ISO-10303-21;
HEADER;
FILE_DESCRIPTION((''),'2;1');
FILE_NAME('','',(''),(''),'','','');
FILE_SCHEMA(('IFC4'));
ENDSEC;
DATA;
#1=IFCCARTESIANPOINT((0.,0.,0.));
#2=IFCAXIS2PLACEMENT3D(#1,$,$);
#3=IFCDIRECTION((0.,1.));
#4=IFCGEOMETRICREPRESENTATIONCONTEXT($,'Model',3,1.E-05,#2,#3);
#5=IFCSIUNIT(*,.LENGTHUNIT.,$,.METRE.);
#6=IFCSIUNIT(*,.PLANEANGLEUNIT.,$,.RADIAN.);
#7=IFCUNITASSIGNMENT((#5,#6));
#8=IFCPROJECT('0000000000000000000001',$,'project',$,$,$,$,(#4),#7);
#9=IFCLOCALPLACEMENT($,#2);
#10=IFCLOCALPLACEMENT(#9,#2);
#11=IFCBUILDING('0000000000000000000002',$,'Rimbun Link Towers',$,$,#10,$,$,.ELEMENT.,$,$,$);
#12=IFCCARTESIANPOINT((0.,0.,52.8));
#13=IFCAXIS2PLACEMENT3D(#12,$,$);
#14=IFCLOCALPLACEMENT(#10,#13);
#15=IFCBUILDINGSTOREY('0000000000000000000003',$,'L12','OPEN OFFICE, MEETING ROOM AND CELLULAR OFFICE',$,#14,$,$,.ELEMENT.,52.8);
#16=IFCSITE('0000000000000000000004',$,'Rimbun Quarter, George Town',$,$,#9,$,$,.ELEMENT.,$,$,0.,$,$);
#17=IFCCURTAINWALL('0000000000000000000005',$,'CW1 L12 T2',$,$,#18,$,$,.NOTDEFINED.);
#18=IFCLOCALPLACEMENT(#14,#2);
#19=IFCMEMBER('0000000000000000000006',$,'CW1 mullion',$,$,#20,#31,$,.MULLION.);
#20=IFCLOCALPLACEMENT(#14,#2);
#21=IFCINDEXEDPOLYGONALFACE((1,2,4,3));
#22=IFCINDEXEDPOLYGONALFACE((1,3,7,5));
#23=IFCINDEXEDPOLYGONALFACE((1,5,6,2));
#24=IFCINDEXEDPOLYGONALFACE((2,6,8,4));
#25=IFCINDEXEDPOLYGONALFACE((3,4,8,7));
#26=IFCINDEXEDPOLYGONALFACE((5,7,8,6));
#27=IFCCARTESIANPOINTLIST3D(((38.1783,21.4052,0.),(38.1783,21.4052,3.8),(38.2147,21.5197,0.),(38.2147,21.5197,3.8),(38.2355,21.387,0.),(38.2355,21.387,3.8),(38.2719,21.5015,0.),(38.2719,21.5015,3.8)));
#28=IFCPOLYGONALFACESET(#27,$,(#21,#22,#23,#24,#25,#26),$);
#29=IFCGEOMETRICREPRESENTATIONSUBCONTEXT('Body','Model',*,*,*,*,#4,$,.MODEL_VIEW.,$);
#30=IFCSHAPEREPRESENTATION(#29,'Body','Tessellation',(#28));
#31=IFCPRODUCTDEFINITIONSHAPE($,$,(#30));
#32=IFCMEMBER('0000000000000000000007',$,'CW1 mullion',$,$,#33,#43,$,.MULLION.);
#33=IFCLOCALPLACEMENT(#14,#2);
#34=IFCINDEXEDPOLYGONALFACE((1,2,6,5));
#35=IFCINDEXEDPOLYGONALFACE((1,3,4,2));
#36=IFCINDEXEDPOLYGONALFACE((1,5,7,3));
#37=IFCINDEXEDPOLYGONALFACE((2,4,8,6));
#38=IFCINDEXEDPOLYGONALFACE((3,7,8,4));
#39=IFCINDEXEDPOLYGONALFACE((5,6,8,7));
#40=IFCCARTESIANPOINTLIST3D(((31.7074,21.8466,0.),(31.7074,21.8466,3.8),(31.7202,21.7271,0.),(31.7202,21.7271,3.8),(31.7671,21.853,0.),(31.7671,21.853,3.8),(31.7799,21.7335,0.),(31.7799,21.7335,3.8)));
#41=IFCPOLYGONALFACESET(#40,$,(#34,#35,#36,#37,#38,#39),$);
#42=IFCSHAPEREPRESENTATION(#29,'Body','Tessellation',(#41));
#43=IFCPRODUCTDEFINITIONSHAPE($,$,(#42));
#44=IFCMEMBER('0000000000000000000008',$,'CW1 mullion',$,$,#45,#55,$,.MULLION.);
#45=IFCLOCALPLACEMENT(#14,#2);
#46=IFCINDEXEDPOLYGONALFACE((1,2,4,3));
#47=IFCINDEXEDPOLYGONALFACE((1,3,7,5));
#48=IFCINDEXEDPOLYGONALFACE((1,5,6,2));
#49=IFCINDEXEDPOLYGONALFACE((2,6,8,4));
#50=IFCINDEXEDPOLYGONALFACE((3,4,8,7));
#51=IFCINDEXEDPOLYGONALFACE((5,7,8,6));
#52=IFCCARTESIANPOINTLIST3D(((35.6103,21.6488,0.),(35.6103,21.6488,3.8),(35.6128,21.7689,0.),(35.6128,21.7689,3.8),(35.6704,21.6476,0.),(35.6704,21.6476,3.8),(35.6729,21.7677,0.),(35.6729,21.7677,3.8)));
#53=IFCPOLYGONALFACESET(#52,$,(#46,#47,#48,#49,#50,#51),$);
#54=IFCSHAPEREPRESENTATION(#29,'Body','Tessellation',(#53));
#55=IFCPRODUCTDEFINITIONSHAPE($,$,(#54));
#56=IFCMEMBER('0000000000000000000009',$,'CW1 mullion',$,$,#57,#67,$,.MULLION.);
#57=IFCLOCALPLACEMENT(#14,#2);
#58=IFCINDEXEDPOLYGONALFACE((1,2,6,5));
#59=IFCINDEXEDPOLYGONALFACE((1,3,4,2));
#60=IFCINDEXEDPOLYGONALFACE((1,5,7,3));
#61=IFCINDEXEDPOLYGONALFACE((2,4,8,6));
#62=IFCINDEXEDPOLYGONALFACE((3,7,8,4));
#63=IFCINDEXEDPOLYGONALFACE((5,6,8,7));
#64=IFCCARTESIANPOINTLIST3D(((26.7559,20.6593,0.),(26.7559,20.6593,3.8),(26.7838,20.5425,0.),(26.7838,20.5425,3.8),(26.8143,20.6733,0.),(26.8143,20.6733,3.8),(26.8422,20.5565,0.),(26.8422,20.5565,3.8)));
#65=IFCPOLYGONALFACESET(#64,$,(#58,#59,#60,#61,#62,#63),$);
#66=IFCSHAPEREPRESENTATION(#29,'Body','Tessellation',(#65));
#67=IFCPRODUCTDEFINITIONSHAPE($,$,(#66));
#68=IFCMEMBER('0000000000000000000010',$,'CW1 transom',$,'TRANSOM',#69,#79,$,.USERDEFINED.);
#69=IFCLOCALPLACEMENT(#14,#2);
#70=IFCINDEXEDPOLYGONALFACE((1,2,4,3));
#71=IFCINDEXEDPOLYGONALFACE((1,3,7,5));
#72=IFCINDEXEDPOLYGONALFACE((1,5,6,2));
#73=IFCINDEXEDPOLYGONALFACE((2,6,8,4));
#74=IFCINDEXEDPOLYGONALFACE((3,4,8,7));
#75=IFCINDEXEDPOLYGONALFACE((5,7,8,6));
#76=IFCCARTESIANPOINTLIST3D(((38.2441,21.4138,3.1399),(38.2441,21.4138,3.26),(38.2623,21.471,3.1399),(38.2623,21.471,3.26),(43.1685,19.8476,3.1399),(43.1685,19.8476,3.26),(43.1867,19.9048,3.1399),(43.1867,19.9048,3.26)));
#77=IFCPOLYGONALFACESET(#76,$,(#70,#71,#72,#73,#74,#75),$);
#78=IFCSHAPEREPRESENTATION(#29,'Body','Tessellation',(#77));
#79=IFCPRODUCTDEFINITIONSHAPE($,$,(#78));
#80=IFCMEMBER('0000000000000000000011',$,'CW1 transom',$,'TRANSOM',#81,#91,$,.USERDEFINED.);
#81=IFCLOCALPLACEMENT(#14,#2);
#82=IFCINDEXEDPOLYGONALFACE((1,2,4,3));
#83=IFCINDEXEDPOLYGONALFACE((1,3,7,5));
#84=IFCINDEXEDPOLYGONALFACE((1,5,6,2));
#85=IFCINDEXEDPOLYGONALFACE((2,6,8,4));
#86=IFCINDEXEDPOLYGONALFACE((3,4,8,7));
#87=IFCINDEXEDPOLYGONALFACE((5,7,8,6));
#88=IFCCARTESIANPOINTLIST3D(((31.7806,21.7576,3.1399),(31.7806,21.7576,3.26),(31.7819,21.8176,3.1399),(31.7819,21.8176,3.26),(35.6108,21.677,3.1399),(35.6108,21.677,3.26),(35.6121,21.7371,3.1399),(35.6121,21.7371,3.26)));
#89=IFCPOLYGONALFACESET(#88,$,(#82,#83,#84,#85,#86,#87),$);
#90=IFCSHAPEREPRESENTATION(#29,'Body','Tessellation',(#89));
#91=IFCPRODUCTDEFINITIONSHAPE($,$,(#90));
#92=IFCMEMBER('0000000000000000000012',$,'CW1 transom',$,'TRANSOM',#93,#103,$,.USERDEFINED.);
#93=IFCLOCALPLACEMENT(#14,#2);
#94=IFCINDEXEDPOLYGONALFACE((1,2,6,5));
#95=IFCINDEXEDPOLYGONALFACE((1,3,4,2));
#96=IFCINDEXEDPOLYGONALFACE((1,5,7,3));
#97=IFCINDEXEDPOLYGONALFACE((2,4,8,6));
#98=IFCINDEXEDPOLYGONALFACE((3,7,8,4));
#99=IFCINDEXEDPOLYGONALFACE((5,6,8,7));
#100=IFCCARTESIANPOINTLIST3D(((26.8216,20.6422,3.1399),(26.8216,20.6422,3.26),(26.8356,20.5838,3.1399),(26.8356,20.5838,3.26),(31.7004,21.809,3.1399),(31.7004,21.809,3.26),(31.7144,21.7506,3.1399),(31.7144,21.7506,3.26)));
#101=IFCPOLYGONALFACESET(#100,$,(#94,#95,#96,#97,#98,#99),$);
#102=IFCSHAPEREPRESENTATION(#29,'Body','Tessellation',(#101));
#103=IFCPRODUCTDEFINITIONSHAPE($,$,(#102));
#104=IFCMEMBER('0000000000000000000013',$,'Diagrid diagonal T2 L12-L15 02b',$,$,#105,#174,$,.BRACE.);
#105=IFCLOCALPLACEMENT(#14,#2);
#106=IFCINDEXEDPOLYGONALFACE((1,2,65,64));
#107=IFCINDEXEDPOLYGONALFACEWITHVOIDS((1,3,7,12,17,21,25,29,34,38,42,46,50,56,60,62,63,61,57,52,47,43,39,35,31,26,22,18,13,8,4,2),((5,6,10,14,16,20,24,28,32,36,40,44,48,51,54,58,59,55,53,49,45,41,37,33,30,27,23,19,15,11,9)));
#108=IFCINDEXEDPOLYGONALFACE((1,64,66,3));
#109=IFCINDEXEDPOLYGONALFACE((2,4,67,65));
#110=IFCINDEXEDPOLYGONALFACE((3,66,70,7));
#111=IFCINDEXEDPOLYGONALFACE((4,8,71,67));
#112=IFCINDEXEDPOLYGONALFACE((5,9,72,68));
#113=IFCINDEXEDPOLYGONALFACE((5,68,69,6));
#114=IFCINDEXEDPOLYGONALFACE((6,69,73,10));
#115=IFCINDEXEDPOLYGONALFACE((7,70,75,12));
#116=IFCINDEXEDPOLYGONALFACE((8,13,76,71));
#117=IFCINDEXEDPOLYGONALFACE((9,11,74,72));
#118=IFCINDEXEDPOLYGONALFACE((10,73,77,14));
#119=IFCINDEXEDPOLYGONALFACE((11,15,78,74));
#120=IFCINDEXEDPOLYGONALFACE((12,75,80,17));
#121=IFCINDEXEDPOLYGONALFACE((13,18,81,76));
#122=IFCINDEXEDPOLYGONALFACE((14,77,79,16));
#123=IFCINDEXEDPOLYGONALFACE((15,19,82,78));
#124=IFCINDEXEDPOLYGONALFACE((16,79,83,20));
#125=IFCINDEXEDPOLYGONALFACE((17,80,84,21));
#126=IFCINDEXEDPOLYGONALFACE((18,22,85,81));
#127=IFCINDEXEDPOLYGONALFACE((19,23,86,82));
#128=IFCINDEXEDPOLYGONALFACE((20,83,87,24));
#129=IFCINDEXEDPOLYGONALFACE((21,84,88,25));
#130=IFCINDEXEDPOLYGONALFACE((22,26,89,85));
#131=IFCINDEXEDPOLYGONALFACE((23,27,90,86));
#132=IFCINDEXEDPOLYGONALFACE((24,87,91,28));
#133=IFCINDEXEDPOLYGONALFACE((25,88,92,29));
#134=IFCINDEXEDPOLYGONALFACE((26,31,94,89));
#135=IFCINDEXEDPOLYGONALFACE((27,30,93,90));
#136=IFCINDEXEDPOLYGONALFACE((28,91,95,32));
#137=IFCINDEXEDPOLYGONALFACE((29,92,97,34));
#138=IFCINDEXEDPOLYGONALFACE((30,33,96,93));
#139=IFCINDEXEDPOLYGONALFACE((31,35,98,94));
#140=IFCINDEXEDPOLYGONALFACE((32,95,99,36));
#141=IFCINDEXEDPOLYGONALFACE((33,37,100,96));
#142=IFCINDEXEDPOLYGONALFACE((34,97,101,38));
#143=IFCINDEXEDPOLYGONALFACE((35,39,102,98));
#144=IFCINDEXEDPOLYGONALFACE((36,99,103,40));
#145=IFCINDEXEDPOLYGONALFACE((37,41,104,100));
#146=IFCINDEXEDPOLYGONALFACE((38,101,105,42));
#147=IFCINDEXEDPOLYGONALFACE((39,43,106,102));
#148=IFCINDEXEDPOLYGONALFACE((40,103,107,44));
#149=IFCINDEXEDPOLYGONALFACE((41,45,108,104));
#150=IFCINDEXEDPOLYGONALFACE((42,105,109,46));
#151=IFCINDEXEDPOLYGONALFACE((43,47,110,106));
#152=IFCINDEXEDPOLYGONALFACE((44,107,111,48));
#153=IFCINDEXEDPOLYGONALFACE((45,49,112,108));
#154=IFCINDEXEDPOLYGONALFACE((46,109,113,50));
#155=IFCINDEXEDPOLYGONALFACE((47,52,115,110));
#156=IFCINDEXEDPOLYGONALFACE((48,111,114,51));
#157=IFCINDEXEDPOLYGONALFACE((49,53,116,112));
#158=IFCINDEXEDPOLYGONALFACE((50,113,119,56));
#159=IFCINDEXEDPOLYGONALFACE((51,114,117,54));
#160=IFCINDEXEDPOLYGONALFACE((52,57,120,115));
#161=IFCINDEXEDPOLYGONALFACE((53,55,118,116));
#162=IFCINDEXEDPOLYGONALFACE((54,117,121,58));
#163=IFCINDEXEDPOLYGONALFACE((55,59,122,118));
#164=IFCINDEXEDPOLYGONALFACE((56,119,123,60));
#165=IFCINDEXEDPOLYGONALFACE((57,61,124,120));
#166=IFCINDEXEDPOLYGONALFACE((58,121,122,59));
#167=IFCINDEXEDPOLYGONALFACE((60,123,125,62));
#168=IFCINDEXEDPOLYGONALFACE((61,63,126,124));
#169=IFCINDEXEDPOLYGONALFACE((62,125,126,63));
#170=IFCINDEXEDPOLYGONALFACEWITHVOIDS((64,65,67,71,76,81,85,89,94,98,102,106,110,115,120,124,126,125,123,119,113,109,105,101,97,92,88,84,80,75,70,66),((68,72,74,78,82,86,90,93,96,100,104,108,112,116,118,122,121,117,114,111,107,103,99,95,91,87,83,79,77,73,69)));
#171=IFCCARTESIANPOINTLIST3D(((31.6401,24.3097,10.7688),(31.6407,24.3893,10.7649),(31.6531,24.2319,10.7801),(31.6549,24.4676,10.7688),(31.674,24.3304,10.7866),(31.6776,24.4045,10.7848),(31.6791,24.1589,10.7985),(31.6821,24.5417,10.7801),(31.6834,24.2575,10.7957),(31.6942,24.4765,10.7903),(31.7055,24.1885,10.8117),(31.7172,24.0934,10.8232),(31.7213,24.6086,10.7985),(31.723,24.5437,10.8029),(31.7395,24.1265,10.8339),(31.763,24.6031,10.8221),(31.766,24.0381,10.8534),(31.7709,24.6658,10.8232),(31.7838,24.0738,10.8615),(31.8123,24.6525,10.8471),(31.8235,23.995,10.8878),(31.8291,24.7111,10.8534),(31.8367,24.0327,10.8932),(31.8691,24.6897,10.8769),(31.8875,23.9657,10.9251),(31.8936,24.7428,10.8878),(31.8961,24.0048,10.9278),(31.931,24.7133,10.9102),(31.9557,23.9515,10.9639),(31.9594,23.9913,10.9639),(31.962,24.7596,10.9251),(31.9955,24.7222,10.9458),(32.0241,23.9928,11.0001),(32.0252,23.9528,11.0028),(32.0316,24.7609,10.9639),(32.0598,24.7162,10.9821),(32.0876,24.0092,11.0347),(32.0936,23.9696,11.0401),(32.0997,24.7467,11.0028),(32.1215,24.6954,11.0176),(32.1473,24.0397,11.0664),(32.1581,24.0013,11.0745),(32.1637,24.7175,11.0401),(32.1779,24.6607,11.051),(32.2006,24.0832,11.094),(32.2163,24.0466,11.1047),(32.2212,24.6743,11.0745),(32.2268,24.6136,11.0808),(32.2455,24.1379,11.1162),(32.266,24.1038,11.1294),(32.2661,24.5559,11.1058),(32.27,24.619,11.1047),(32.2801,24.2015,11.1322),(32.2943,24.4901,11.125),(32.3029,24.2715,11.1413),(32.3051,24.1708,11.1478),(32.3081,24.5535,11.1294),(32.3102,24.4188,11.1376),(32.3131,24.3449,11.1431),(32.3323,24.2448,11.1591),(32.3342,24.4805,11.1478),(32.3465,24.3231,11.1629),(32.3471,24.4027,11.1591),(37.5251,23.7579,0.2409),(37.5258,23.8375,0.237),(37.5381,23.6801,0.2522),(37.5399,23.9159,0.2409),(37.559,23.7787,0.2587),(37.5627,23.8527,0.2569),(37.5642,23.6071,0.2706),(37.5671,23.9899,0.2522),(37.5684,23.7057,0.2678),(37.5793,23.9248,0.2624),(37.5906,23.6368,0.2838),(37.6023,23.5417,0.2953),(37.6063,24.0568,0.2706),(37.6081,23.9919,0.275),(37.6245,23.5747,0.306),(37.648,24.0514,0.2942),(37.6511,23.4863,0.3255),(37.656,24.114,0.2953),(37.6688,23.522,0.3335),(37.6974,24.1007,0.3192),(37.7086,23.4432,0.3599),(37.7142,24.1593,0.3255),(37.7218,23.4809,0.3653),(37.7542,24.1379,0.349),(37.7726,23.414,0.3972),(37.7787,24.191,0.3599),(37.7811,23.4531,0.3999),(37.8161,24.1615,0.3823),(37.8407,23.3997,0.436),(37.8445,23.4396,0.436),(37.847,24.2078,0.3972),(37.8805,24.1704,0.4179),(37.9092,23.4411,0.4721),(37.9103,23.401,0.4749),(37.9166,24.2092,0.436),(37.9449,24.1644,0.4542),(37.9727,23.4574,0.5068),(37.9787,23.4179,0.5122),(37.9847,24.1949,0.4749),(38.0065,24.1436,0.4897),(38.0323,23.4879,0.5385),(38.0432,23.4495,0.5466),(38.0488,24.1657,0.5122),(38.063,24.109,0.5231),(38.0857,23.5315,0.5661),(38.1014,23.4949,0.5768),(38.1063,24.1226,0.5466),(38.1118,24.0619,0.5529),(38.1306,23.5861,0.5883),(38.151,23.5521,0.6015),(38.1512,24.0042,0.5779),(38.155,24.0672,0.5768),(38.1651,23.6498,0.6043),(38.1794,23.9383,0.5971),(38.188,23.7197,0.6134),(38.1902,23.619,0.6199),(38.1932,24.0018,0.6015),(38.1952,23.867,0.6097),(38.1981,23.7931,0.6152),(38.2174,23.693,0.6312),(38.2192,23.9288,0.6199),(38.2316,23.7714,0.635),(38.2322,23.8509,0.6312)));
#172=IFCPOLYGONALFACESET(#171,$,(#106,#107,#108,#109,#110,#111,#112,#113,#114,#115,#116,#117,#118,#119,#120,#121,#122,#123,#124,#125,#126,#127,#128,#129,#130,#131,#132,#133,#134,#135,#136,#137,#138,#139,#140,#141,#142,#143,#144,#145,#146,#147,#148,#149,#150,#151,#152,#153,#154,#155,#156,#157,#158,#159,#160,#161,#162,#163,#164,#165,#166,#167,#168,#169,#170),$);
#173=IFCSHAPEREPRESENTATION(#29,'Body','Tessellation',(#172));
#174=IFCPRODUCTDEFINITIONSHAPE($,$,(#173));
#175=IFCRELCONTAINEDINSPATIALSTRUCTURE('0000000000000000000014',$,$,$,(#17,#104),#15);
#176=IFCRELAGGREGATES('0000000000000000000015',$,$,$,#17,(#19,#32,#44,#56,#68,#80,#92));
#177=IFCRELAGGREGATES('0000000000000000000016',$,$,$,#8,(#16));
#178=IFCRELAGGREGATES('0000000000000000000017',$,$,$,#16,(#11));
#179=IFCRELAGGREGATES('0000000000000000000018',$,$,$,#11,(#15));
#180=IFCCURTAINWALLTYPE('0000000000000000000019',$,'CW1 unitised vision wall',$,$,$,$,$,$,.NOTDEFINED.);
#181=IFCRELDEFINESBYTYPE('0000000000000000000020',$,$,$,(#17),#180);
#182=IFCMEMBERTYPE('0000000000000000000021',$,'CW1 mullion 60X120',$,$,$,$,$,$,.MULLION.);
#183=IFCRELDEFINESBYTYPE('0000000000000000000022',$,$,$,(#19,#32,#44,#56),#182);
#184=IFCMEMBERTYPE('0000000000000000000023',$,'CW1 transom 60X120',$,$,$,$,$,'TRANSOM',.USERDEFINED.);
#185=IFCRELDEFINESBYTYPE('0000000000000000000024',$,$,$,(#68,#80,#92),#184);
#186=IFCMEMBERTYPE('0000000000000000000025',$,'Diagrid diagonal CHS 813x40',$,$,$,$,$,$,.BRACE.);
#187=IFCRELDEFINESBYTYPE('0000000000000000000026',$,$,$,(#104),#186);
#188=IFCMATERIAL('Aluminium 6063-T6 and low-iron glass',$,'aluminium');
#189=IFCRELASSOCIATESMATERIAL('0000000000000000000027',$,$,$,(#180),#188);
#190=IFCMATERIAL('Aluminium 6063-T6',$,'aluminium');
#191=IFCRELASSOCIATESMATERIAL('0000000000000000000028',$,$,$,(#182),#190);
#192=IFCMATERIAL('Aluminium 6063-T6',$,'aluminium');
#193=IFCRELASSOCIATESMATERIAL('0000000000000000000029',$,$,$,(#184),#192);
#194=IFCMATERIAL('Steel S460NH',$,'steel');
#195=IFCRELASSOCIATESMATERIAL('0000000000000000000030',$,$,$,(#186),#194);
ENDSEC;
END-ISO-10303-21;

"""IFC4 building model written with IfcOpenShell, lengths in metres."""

from ifc_helpers import new_model, si_unit, direction, frame, origin, origin_2d, place, context, subcontext, project, spatial, rectangle, hollow_circle, extrude, material, material_profile, profile_set, type_object, element, aggregate, save


model = new_model("IFC4")

# Units and contexts
model_context = context("Model", 3, precision=1e-05, world=origin(), true_north=direction((0.0, 1.0)))
body_context = subcontext(model_context, "Body", "Model", "MODEL_VIEW")
ifc_project = project(units=[si_unit("LENGTHUNIT", "METRE"), si_unit("PLANEANGLEUNIT", "RADIAN")], contexts=[model_context])

# Site, building, storey
site_placement = place(None, origin())
site = spatial("IfcSite", under=ifc_project, at=site_placement, Name="Rimbun Quarter, George Town", CompositionType="ELEMENT", RefElevation=0.0)
building_placement = place(site_placement, origin())
building = spatial("IfcBuilding", under=site, at=building_placement, Name="Rimbun Link Towers", CompositionType="ELEMENT")
storey_placement = place(building_placement, frame((0.0, 0.0, 52.8)))
storey = spatial("IfcBuildingStorey", under=building, at=storey_placement, Name="L12", Description="OPEN OFFICE, MEETING ROOM AND CELLULAR OFFICE", CompositionType="ELEMENT", Elevation=52.8)

# Curtain wall, members
ifc_material_1 = material(Name="Aluminium 6063-T6 and low-iron glass", Category="aluminium")
curtain_wall_type = type_object("IfcCurtainWallType", Name="CW1 unitised vision wall", PredefinedType="NOTDEFINED", material=ifc_material_1)
curtain_wall_placement = place(storey_placement, origin())
curtain_wall = element("IfcCurtainWall", 1, at=curtain_wall_placement, inside=storey, type_object=curtain_wall_type, Name="CW1 L12 T2", PredefinedType="NOTDEFINED")
ifc_material_2 = material(Name="Aluminium 6063-T6", Category="aluminium")
ifc_material_profile_1 = material_profile(ifc_material_2, rectangle(XDim=0.1201, YDim=0.0601, at=origin_2d()), Name="MULLION 60X120")
ifc_profile_set_1 = profile_set([ifc_material_profile_1], Name="Aluminium 6063-T6")
member_type_1 = type_object("IfcMemberType", Name="CW1 mullion 60X120", PredefinedType="MULLION", material=ifc_profile_set_1)
member_1_placement = place(storey_placement, frame((38.2251, 21.4534, 0.0), z_axis=(0.0, 0.0, 1.0), x_axis=(0.303073, 0.952967, 0.0)))
member_1 = element("IfcMember", 2, at=member_1_placement, type_object=member_type_1, Name="CW1 mullion", PredefinedType="MULLION", context=body_context, shape_type="SweptSolid", body=[
    extrude(rectangle(XDim=0.1201, YDim=0.0601, at=origin_2d()), origin(), (0.0, 0.0, 1.0), 3.8),
])
member_2_placement = place(storey_placement, frame((31.7437, 21.79, 0.0), z_axis=(0.0, 0.0, 1.0), x_axis=(-0.10664, 0.994298, 0.0)))
member_2 = element("IfcMember", 3, at=member_2_placement, type_object=member_type_1, Name="CW1 mullion", PredefinedType="MULLION", context=body_context, shape_type="SweptSolid", body=[
    extrude(rectangle(XDim=0.1201, YDim=0.0601, at=origin_2d()), origin(), (0.0, 0.0, 1.0), 3.8),
])
member_3_placement = place(storey_placement, frame((35.6416, 21.7083, 0.0), z_axis=(0.0, 0.0, 1.0), x_axis=(0.021066, 0.999778, 0.0)))
member_3 = element("IfcMember", 4, at=member_3_placement, type_object=member_type_1, Name="CW1 mullion", PredefinedType="MULLION", context=body_context, shape_type="SweptSolid", body=[
    extrude(rectangle(XDim=0.1201, YDim=0.0601, at=origin_2d()), origin(), (0.0, 0.0, 1.0), 3.8),
])
member_4_placement = place(storey_placement, frame((26.7991, 20.6079, 0.0), z_axis=(0.0, 0.0, 1.0), x_axis=(-0.232603, 0.972572, 0.0)))
member_4 = element("IfcMember", 5, at=member_4_placement, type_object=member_type_1, Name="CW1 mullion", PredefinedType="MULLION", context=body_context, shape_type="SweptSolid", body=[
    extrude(rectangle(XDim=0.1201, YDim=0.0601, at=origin_2d()), origin(), (0.0, 0.0, 1.0), 3.8),
])
ifc_material_3 = material(Name="Aluminium 6063-T6", Category="aluminium")
ifc_material_profile_2 = material_profile(ifc_material_3, rectangle(XDim=0.0601, YDim=0.1201, at=origin_2d()), Name="TRANSOM 60X120")
ifc_profile_set_2 = profile_set([ifc_material_profile_2], Name="Aluminium 6063-T6")
member_type_2 = type_object("IfcMemberType", Name="CW1 transom 60X120", ElementType="TRANSOM", PredefinedType="USERDEFINED", material=ifc_profile_set_2)
member_5_placement = place(storey_placement, frame((38.2532, 21.4424, 3.2), z_axis=(0.952963, -0.303087, 0.0), x_axis=(0.303087, 0.952963, 0.0)))
member_5 = element("IfcMember", 6, at=member_5_placement, type_object=member_type_2, Name="CW1 transom", ObjectType="TRANSOM", PredefinedType="USERDEFINED", context=body_context, shape_type="SweptSolid", body=[
    extrude(rectangle(XDim=0.0601, YDim=0.1201, at=origin_2d()), origin(), (0.0, 0.0, 1.0), 5.1675),
])
member_6_placement = place(storey_placement, frame((31.7812, 21.7876, 3.2), z_axis=(0.999779, -0.021029, 0.0), x_axis=(0.021029, 0.999779, 0.0)))
member_6 = element("IfcMember", 7, at=member_6_placement, type_object=member_type_2, Name="CW1 transom", ObjectType="TRANSOM", PredefinedType="USERDEFINED", context=body_context, shape_type="SweptSolid", body=[
    extrude(rectangle(XDim=0.0601, YDim=0.1201, at=origin_2d()), origin(), (0.0, 0.0, 1.0), 3.8311),
])
member_7_placement = place(storey_placement, frame((26.8286, 20.613, 3.2), z_axis=(0.972574, 0.232594, 0.0), x_axis=(-0.232594, 0.972574, 0.0)))
member_7 = element("IfcMember", 8, at=member_7_placement, type_object=member_type_2, Name="CW1 transom", ObjectType="TRANSOM", PredefinedType="USERDEFINED", context=body_context, shape_type="SweptSolid", body=[
    extrude(rectangle(XDim=0.0601, YDim=0.1201, at=origin_2d()), origin(), (0.0, 0.0, 1.0), 5.0164),
])

# Member
ifc_material_4 = material(Name="Steel S460NH", Category="steel")
ifc_material_profile_3 = material_profile(ifc_material_4, hollow_circle(Radius=0.4065, WallThickness=0.04, at=origin_2d()), Name="Diagrid diagonal CHS 813x40")
ifc_profile_set_3 = profile_set([ifc_material_profile_3], Name="Steel S460NH")
member_type_3 = type_object("IfcMemberType", Name="Diagrid diagonal CHS 813x40", PredefinedType="BRACE", material=ifc_profile_set_3)
member_8_placement = place(storey_placement, frame((37.8787, 23.8044, 0.436), z_axis=(-0.487426, 0.045699, 0.871968), x_axis=(-0.093347, -0.995634, 0.0)))
element("IfcMember", 9, at=member_8_placement, inside=storey, type_object=member_type_3, Name="Diagrid diagonal T2 L12-L15 02b", PredefinedType="BRACE", context=body_context, shape_type="SweptSolid", body=[
    extrude(hollow_circle(Radius=0.4065, WallThickness=0.04, at=origin_2d()), origin(), (0.0, 0.0, 1.0), 12.0737),
])

aggregate(curtain_wall, [member_1, member_2, member_3, member_4, member_5, member_6, member_7])

save(model, "model.ifc")
